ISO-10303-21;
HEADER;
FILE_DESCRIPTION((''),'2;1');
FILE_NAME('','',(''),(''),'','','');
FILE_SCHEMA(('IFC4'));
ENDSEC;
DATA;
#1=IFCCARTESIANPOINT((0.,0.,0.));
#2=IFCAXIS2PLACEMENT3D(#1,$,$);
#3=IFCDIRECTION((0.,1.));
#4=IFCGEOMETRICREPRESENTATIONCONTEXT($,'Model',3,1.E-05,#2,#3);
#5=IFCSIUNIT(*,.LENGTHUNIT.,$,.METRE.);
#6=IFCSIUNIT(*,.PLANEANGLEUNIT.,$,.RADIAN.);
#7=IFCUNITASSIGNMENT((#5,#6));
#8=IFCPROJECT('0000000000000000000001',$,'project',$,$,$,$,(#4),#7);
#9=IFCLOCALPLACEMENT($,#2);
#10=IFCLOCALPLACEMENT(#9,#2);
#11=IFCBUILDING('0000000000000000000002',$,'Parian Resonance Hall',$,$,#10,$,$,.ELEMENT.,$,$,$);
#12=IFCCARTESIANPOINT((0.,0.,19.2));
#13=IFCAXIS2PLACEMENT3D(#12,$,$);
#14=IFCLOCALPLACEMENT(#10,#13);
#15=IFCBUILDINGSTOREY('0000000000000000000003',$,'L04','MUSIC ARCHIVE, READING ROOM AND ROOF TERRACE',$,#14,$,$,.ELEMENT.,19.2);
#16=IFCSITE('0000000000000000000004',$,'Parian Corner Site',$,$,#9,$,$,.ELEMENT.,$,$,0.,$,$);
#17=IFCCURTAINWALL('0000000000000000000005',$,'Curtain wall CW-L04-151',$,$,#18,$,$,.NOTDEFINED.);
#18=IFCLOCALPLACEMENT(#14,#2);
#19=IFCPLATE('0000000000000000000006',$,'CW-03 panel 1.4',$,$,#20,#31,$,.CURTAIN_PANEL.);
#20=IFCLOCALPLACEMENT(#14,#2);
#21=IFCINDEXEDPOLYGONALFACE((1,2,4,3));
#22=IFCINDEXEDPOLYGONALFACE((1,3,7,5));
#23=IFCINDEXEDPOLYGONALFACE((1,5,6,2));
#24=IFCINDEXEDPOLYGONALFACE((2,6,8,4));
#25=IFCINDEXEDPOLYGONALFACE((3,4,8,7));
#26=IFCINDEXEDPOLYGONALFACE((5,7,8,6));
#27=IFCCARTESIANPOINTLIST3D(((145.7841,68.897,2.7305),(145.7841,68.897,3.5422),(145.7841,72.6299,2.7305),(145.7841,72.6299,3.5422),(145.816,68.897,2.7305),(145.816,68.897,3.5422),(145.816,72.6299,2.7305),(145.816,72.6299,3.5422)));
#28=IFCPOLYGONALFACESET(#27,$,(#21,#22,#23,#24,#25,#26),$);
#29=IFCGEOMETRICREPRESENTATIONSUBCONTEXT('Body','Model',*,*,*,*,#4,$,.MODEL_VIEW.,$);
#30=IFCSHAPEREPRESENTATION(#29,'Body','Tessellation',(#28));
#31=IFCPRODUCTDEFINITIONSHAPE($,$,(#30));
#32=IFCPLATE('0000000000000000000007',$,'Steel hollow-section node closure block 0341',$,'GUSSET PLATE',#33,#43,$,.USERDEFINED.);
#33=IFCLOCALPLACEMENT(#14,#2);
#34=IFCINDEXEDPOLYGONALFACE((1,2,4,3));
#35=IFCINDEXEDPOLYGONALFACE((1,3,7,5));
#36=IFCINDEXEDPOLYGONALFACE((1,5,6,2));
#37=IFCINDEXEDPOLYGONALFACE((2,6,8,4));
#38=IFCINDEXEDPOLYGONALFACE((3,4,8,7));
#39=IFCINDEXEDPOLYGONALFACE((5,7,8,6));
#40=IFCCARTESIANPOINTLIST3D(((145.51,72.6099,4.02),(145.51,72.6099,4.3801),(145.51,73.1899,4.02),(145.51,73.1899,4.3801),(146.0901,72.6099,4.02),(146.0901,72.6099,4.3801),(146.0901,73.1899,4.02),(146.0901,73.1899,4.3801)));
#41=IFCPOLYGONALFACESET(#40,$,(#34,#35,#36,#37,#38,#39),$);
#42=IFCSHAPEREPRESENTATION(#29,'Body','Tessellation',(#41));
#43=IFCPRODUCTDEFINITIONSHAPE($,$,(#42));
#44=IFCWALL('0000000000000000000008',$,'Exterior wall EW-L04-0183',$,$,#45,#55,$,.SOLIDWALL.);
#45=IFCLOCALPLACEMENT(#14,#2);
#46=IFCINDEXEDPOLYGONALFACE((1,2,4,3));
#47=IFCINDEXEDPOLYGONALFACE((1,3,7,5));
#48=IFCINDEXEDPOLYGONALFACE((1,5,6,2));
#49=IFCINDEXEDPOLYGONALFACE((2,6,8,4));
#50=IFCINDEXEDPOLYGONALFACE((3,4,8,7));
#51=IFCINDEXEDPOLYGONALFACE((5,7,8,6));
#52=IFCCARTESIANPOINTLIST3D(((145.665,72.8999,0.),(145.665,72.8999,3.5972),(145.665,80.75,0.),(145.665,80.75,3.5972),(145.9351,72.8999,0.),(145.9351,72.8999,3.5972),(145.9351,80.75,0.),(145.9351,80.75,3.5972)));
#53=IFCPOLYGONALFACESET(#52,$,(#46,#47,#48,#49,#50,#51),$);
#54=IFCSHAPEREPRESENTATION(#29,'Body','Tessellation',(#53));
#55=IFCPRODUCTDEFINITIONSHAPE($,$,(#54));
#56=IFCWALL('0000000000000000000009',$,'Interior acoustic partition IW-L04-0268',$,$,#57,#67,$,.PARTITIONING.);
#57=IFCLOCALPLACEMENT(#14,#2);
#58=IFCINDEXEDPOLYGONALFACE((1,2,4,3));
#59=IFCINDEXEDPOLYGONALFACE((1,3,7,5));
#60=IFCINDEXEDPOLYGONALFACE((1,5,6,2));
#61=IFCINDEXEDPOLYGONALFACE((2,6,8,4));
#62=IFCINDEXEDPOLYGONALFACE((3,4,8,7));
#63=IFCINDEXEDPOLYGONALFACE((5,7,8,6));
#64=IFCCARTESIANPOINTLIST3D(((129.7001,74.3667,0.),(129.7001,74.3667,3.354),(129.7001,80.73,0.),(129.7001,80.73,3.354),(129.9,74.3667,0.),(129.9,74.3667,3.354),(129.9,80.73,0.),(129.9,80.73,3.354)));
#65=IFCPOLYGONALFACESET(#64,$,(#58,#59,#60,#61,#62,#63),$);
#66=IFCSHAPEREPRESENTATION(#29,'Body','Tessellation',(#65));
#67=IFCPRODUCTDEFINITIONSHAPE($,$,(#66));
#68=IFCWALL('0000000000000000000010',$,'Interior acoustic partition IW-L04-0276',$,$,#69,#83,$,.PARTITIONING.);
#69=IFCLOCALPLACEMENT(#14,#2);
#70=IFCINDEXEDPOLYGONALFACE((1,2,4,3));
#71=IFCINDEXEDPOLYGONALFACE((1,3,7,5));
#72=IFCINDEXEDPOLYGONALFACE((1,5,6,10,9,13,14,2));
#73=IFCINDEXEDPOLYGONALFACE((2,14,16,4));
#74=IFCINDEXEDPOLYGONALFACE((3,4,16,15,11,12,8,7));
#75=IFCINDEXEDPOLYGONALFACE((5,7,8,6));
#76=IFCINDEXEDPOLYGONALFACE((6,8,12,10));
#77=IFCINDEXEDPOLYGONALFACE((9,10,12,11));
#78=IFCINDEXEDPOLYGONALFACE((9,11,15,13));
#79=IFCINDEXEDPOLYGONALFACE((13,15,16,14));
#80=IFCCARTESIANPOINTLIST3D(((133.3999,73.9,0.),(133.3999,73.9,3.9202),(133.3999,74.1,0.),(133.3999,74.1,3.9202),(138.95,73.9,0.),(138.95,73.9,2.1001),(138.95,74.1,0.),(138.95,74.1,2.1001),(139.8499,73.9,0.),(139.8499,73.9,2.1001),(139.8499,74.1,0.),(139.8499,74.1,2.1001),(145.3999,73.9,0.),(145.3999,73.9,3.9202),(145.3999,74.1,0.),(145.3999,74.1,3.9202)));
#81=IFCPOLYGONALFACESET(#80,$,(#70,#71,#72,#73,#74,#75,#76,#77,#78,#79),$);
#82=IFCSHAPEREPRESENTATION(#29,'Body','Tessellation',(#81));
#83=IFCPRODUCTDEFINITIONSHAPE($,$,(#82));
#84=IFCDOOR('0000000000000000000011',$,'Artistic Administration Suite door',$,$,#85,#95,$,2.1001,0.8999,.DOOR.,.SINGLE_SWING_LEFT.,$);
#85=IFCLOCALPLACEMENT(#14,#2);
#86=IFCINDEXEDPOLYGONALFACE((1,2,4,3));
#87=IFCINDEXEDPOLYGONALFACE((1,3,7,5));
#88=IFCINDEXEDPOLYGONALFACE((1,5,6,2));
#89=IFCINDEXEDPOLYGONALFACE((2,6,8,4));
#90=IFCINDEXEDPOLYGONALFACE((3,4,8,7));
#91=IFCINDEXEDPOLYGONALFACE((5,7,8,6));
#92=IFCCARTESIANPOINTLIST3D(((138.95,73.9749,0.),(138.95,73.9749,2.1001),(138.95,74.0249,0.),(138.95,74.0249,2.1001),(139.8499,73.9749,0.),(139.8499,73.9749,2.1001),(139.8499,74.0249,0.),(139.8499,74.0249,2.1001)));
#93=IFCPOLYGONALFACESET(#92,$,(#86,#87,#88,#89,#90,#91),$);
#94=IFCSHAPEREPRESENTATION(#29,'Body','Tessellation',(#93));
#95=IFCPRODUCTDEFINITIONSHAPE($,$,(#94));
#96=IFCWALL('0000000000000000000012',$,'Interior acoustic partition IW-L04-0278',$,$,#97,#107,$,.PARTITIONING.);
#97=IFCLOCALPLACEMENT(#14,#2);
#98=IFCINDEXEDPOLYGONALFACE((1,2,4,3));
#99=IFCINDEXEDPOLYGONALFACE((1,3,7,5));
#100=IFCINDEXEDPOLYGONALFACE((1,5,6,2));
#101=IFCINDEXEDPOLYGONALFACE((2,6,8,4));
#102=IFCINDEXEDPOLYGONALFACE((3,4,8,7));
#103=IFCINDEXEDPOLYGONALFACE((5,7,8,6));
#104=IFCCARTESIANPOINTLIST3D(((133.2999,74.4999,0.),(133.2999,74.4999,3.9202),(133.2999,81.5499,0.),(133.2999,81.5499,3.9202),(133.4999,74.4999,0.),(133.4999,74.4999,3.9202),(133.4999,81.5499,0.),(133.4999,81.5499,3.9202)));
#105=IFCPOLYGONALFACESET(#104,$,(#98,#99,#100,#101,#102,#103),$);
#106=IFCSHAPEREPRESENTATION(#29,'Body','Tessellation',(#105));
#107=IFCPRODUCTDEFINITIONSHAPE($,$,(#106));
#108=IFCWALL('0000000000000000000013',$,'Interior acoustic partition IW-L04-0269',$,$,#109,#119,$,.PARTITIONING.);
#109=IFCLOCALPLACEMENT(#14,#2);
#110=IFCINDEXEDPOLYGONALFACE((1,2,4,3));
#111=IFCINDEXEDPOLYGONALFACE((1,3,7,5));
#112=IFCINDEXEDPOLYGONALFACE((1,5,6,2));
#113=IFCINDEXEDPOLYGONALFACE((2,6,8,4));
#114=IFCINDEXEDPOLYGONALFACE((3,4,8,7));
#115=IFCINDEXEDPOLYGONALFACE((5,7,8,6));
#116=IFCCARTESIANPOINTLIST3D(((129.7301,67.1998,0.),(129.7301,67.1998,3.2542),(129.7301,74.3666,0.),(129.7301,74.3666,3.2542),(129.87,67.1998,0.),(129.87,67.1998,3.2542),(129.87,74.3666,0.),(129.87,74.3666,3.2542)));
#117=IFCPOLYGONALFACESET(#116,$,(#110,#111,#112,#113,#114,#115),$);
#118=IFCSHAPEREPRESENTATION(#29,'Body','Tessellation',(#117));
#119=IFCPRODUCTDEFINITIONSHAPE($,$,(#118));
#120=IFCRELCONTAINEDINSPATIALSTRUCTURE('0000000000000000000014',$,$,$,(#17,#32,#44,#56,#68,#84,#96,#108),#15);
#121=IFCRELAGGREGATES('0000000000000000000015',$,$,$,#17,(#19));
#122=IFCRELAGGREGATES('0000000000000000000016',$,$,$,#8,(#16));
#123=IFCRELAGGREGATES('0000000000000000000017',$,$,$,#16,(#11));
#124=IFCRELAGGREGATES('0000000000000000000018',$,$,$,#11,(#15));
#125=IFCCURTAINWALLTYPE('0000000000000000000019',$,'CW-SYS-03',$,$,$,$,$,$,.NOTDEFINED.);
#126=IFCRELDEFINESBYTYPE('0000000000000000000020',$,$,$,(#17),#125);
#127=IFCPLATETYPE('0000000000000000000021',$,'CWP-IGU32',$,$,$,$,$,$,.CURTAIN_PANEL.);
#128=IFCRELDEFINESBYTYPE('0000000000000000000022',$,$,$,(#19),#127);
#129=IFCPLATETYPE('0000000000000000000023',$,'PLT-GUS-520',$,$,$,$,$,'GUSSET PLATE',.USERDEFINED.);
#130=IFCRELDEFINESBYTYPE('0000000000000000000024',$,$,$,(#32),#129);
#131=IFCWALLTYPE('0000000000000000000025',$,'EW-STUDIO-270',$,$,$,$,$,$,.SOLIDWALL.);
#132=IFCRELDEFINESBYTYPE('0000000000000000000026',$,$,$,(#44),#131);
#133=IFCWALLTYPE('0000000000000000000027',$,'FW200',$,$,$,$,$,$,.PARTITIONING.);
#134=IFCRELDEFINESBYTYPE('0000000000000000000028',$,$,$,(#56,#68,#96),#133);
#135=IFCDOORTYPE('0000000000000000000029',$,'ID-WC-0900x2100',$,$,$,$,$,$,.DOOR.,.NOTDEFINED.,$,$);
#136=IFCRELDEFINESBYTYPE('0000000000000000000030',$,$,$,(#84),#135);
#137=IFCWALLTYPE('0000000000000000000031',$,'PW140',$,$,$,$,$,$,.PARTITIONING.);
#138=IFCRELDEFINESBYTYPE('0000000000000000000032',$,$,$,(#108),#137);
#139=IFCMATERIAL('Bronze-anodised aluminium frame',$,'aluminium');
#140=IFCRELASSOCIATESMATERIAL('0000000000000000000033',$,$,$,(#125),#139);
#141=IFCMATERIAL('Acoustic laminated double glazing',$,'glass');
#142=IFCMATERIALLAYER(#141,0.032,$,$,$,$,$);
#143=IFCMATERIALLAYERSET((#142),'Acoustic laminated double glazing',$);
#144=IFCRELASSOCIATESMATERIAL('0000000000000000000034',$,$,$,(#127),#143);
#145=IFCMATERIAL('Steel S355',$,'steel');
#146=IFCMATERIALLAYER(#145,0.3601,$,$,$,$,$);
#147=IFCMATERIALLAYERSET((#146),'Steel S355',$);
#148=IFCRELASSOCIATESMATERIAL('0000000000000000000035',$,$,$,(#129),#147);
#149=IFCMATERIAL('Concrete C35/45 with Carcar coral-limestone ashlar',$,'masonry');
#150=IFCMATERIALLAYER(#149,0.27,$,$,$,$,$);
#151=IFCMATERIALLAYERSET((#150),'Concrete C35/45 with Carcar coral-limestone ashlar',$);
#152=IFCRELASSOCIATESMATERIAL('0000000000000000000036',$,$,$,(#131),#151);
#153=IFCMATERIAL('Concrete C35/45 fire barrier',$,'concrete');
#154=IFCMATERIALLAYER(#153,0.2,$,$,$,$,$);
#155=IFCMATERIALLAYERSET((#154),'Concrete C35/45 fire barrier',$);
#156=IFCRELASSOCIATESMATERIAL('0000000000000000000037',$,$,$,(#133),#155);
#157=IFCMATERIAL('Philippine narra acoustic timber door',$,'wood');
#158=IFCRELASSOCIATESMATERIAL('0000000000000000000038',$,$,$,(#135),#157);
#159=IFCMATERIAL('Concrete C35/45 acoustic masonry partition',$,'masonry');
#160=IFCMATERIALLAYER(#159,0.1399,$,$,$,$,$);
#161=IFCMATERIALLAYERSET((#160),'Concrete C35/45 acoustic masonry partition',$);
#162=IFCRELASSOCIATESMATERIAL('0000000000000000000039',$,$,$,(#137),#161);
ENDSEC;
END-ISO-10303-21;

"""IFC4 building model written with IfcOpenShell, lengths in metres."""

from ifc_helpers import new_model, si_unit, direction, frame, frame_2d, origin, origin_2d, place, context, subcontext, project, spatial, rectangle, extrude, material, layer, layer_set, type_object, element, fill, aggregate, save


model = new_model("IFC4")

# Units and contexts
model_context = context("Model", 3, precision=1e-05, world=origin(), true_north=direction((0.0, 1.0)))
body_context = subcontext(model_context, "Body", "Model", "MODEL_VIEW")
ifc_project = project(units=[si_unit("LENGTHUNIT", "METRE"), si_unit("PLANEANGLEUNIT", "RADIAN")], contexts=[model_context])

# Site, building, storey
site_placement = place(None, origin())
site = spatial("IfcSite", under=ifc_project, at=site_placement, Name="Parian Corner Site", CompositionType="ELEMENT", RefElevation=0.0)
building_placement = place(site_placement, origin())
building = spatial("IfcBuilding", under=site, at=building_placement, Name="Parian Resonance Hall", CompositionType="ELEMENT")
storey_placement = place(building_placement, frame((0.0, 0.0, 19.2)))
storey = spatial("IfcBuildingStorey", under=building, at=storey_placement, Name="L04", Description="MUSIC ARCHIVE, READING ROOM AND ROOF TERRACE", CompositionType="ELEMENT", Elevation=19.2)

# Curtain wall, plate
ifc_material_1 = material(Name="Bronze-anodised aluminium frame", Category="aluminium")
curtain_wall_type = type_object("IfcCurtainWallType", Name="CW-SYS-03", PredefinedType="NOTDEFINED", material=ifc_material_1)
curtain_wall_placement = place(storey_placement, origin())
curtain_wall = element("IfcCurtainWall", 1, at=curtain_wall_placement, inside=storey, type_object=curtain_wall_type, Name="Curtain wall CW-L04-151", PredefinedType="NOTDEFINED")
ifc_material_2 = material(Name="Acoustic laminated double glazing", Category="glass")
ifc_layer_1 = layer(ifc_material_2, 0.032)
ifc_layer_set_1 = layer_set([ifc_layer_1], Name="Acoustic laminated double glazing")
plate_type_1 = type_object("IfcPlateType", Name="CWP-IGU32", PredefinedType="CURTAIN_PANEL", material=ifc_layer_set_1)
plate_1_placement = place(storey_placement, frame((145.8, 70.7634, 2.7305), z_axis=(0.0, 0.0, 1.0), x_axis=(0.0, -1.0, 0.0)))
plate_1 = element("IfcPlate", 2, at=plate_1_placement, type_object=plate_type_1, Name="CW-03 panel 1.4", PredefinedType="CURTAIN_PANEL", context=body_context, shape_type="SweptSolid", body=[
    extrude(rectangle(XDim=3.7329, YDim=0.032, at=origin_2d()), origin(), (0.0, 0.0, 1.0), 0.8118),
])
aggregate(curtain_wall, [plate_1])

# Plate
ifc_material_3 = material(Name="Steel S355", Category="steel")
ifc_layer_2 = layer(ifc_material_3, 0.3601)
ifc_layer_set_2 = layer_set([ifc_layer_2], Name="Steel S355")
plate_type_2 = type_object("IfcPlateType", Name="PLT-GUS-520", ElementType="GUSSET PLATE", PredefinedType="USERDEFINED", material=ifc_layer_set_2)
plate_2_placement = place(storey_placement, frame((145.8, 72.8999, 4.02), z_axis=(0.0, 0.0, 1.0), x_axis=(1.0, 0.0, 0.0)))
element("IfcPlate", 3, at=plate_2_placement, inside=storey, type_object=plate_type_2, Name="Steel hollow-section node closure block 0341", ObjectType="GUSSET PLATE", PredefinedType="USERDEFINED", context=body_context, shape_type="SweptSolid", body=[
    extrude(rectangle(XDim=0.5801, YDim=0.5801, at=origin_2d()), origin(), (0.0, 0.0, 1.0), 0.3601),
])

# Walls
ifc_material_4 = material(Name="Concrete C35/45 with Carcar coral-limestone ashlar", Category="masonry")
ifc_layer_3 = layer(ifc_material_4, 0.27)
ifc_layer_set_3 = layer_set([ifc_layer_3], Name="Concrete C35/45 with Carcar coral-limestone ashlar")
wall_type_1 = type_object("IfcWallType", Name="EW-STUDIO-270", PredefinedType="SOLIDWALL", material=ifc_layer_set_3)
wall_1_placement = place(storey_placement, frame((145.8, 80.75, 0.0), z_axis=(0.0, 0.0, 1.0), x_axis=(0.0, -1.0, 0.0)))
element("IfcWall", 4, at=wall_1_placement, inside=storey, type_object=wall_type_1, Name="Exterior wall EW-L04-0183", PredefinedType="SOLIDWALL", context=body_context, shape_type="SweptSolid", body=[
    extrude(rectangle(XDim=7.8501, YDim=0.27, at=frame_2d((3.925, 0.0))), origin(), (0.0, 0.0, 1.0), 3.5972),
])
ifc_material_5 = material(Name="Concrete C35/45 fire barrier", Category="concrete")
ifc_layer_4 = layer(ifc_material_5, 0.2)
ifc_layer_set_4 = layer_set([ifc_layer_4], Name="Concrete C35/45 fire barrier")
wall_type_2 = type_object("IfcWallType", Name="FW200", PredefinedType="PARTITIONING", material=ifc_layer_set_4)
wall_2_placement = place(storey_placement, frame((129.8, 80.73, 0.0), z_axis=(0.0, 0.0, 1.0), x_axis=(0.0, -1.0, 0.0)))
element("IfcWall", 5, at=wall_2_placement, inside=storey, type_object=wall_type_2, Name="Interior acoustic partition IW-L04-0268", PredefinedType="PARTITIONING", context=body_context, shape_type="SweptSolid", body=[
    extrude(rectangle(XDim=6.3633, YDim=0.2, at=frame_2d((3.1816, 0.0))), origin(), (0.0, 0.0, 1.0), 3.354),
])

# Wall, opening, door
wall_3_placement = place(storey_placement, frame((133.3999, 74.0, 0.0), z_axis=(0.0, 0.0, 1.0), x_axis=(1.0, 0.0, 0.0)))
wall_3 = element("IfcWall", 6, at=wall_3_placement, inside=storey, type_object=wall_type_2, Name="Interior acoustic partition IW-L04-0276", PredefinedType="PARTITIONING", context=body_context, shape_type="SweptSolid", body=[
    extrude(rectangle(XDim=12.0, YDim=0.2, at=frame_2d((6.0, 0.0))), origin(), (0.0, 0.0, 1.0), 3.9202),
])
opening_placement = place(wall_3_placement, frame((5.55, 0.0, 0.0)))
opening = element("IfcOpeningElement", 7, at=opening_placement, cuts=wall_3, PredefinedType="OPENING", context=body_context, shape_type="SweptSolid", body=[
    extrude(rectangle(XDim=0.8999, YDim=2.1001, at=frame_2d((0.45, 1.05))), frame((0.0, 0.1099, 0.0), z_axis=(0.0, -1.0, 0.0), x_axis=(1.0, 0.0, 0.0)), (0.0, 0.0, 1.0), 0.22),
])
ifc_material_6 = material(Name="Philippine narra acoustic timber door", Category="wood")
door_type = type_object("IfcDoorType", Name="ID-WC-0900x2100", OperationType="NOTDEFINED", PredefinedType="DOOR", material=ifc_material_6)
door_placement = place(opening_placement, origin())
door = element("IfcDoor", 8, at=door_placement, inside=storey, type_object=door_type, Name="Artistic Administration Suite door", OperationType="SINGLE_SWING_LEFT", OverallHeight=2.1001, OverallWidth=0.8999, PredefinedType="DOOR", context=body_context, shape_type="SweptSolid", body=[
    extrude(rectangle(XDim=0.8999, YDim=2.1001, at=frame_2d((0.45, 1.05))), frame((0.0, 0.0249, 0.0), z_axis=(0.0, -1.0, 0.0), x_axis=(1.0, 0.0, 0.0)), (0.0, 0.0, 1.0), 0.05),
])
fill(opening, door)

# Walls
wall_4_placement = place(storey_placement, frame((133.3999, 74.5, 0.0), z_axis=(0.0, 0.0, 1.0), x_axis=(0.0, 1.0, 0.0)))
element("IfcWall", 9, at=wall_4_placement, inside=storey, type_object=wall_type_2, Name="Interior acoustic partition IW-L04-0278", PredefinedType="PARTITIONING", context=body_context, shape_type="SweptSolid", body=[
    extrude(rectangle(XDim=7.05, YDim=0.2, at=frame_2d((3.5249, 0.0))), origin(), (0.0, 0.0, 1.0), 3.9202),
])
ifc_material_7 = material(Name="Concrete C35/45 acoustic masonry partition", Category="masonry")
ifc_layer_5 = layer(ifc_material_7, 0.1399)
ifc_layer_set_5 = layer_set([ifc_layer_5], Name="Concrete C35/45 acoustic masonry partition")
wall_type_3 = type_object("IfcWallType", Name="PW140", PredefinedType="PARTITIONING", material=ifc_layer_set_5)
wall_5_placement = place(storey_placement, frame((129.8, 74.3667, 0.0), z_axis=(0.0, 0.0, 1.0), x_axis=(0.0, -1.0, 0.0)))
element("IfcWall", 10, at=wall_5_placement, inside=storey, type_object=wall_type_3, Name="Interior acoustic partition IW-L04-0269", PredefinedType="PARTITIONING", context=body_context, shape_type="SweptSolid", body=[
    extrude(rectangle(XDim=7.1667, YDim=0.1399, at=frame_2d((3.5835, 0.0))), origin(), (0.0, 0.0, 1.0), 3.2542),
])

save(model, "model.ifc")
